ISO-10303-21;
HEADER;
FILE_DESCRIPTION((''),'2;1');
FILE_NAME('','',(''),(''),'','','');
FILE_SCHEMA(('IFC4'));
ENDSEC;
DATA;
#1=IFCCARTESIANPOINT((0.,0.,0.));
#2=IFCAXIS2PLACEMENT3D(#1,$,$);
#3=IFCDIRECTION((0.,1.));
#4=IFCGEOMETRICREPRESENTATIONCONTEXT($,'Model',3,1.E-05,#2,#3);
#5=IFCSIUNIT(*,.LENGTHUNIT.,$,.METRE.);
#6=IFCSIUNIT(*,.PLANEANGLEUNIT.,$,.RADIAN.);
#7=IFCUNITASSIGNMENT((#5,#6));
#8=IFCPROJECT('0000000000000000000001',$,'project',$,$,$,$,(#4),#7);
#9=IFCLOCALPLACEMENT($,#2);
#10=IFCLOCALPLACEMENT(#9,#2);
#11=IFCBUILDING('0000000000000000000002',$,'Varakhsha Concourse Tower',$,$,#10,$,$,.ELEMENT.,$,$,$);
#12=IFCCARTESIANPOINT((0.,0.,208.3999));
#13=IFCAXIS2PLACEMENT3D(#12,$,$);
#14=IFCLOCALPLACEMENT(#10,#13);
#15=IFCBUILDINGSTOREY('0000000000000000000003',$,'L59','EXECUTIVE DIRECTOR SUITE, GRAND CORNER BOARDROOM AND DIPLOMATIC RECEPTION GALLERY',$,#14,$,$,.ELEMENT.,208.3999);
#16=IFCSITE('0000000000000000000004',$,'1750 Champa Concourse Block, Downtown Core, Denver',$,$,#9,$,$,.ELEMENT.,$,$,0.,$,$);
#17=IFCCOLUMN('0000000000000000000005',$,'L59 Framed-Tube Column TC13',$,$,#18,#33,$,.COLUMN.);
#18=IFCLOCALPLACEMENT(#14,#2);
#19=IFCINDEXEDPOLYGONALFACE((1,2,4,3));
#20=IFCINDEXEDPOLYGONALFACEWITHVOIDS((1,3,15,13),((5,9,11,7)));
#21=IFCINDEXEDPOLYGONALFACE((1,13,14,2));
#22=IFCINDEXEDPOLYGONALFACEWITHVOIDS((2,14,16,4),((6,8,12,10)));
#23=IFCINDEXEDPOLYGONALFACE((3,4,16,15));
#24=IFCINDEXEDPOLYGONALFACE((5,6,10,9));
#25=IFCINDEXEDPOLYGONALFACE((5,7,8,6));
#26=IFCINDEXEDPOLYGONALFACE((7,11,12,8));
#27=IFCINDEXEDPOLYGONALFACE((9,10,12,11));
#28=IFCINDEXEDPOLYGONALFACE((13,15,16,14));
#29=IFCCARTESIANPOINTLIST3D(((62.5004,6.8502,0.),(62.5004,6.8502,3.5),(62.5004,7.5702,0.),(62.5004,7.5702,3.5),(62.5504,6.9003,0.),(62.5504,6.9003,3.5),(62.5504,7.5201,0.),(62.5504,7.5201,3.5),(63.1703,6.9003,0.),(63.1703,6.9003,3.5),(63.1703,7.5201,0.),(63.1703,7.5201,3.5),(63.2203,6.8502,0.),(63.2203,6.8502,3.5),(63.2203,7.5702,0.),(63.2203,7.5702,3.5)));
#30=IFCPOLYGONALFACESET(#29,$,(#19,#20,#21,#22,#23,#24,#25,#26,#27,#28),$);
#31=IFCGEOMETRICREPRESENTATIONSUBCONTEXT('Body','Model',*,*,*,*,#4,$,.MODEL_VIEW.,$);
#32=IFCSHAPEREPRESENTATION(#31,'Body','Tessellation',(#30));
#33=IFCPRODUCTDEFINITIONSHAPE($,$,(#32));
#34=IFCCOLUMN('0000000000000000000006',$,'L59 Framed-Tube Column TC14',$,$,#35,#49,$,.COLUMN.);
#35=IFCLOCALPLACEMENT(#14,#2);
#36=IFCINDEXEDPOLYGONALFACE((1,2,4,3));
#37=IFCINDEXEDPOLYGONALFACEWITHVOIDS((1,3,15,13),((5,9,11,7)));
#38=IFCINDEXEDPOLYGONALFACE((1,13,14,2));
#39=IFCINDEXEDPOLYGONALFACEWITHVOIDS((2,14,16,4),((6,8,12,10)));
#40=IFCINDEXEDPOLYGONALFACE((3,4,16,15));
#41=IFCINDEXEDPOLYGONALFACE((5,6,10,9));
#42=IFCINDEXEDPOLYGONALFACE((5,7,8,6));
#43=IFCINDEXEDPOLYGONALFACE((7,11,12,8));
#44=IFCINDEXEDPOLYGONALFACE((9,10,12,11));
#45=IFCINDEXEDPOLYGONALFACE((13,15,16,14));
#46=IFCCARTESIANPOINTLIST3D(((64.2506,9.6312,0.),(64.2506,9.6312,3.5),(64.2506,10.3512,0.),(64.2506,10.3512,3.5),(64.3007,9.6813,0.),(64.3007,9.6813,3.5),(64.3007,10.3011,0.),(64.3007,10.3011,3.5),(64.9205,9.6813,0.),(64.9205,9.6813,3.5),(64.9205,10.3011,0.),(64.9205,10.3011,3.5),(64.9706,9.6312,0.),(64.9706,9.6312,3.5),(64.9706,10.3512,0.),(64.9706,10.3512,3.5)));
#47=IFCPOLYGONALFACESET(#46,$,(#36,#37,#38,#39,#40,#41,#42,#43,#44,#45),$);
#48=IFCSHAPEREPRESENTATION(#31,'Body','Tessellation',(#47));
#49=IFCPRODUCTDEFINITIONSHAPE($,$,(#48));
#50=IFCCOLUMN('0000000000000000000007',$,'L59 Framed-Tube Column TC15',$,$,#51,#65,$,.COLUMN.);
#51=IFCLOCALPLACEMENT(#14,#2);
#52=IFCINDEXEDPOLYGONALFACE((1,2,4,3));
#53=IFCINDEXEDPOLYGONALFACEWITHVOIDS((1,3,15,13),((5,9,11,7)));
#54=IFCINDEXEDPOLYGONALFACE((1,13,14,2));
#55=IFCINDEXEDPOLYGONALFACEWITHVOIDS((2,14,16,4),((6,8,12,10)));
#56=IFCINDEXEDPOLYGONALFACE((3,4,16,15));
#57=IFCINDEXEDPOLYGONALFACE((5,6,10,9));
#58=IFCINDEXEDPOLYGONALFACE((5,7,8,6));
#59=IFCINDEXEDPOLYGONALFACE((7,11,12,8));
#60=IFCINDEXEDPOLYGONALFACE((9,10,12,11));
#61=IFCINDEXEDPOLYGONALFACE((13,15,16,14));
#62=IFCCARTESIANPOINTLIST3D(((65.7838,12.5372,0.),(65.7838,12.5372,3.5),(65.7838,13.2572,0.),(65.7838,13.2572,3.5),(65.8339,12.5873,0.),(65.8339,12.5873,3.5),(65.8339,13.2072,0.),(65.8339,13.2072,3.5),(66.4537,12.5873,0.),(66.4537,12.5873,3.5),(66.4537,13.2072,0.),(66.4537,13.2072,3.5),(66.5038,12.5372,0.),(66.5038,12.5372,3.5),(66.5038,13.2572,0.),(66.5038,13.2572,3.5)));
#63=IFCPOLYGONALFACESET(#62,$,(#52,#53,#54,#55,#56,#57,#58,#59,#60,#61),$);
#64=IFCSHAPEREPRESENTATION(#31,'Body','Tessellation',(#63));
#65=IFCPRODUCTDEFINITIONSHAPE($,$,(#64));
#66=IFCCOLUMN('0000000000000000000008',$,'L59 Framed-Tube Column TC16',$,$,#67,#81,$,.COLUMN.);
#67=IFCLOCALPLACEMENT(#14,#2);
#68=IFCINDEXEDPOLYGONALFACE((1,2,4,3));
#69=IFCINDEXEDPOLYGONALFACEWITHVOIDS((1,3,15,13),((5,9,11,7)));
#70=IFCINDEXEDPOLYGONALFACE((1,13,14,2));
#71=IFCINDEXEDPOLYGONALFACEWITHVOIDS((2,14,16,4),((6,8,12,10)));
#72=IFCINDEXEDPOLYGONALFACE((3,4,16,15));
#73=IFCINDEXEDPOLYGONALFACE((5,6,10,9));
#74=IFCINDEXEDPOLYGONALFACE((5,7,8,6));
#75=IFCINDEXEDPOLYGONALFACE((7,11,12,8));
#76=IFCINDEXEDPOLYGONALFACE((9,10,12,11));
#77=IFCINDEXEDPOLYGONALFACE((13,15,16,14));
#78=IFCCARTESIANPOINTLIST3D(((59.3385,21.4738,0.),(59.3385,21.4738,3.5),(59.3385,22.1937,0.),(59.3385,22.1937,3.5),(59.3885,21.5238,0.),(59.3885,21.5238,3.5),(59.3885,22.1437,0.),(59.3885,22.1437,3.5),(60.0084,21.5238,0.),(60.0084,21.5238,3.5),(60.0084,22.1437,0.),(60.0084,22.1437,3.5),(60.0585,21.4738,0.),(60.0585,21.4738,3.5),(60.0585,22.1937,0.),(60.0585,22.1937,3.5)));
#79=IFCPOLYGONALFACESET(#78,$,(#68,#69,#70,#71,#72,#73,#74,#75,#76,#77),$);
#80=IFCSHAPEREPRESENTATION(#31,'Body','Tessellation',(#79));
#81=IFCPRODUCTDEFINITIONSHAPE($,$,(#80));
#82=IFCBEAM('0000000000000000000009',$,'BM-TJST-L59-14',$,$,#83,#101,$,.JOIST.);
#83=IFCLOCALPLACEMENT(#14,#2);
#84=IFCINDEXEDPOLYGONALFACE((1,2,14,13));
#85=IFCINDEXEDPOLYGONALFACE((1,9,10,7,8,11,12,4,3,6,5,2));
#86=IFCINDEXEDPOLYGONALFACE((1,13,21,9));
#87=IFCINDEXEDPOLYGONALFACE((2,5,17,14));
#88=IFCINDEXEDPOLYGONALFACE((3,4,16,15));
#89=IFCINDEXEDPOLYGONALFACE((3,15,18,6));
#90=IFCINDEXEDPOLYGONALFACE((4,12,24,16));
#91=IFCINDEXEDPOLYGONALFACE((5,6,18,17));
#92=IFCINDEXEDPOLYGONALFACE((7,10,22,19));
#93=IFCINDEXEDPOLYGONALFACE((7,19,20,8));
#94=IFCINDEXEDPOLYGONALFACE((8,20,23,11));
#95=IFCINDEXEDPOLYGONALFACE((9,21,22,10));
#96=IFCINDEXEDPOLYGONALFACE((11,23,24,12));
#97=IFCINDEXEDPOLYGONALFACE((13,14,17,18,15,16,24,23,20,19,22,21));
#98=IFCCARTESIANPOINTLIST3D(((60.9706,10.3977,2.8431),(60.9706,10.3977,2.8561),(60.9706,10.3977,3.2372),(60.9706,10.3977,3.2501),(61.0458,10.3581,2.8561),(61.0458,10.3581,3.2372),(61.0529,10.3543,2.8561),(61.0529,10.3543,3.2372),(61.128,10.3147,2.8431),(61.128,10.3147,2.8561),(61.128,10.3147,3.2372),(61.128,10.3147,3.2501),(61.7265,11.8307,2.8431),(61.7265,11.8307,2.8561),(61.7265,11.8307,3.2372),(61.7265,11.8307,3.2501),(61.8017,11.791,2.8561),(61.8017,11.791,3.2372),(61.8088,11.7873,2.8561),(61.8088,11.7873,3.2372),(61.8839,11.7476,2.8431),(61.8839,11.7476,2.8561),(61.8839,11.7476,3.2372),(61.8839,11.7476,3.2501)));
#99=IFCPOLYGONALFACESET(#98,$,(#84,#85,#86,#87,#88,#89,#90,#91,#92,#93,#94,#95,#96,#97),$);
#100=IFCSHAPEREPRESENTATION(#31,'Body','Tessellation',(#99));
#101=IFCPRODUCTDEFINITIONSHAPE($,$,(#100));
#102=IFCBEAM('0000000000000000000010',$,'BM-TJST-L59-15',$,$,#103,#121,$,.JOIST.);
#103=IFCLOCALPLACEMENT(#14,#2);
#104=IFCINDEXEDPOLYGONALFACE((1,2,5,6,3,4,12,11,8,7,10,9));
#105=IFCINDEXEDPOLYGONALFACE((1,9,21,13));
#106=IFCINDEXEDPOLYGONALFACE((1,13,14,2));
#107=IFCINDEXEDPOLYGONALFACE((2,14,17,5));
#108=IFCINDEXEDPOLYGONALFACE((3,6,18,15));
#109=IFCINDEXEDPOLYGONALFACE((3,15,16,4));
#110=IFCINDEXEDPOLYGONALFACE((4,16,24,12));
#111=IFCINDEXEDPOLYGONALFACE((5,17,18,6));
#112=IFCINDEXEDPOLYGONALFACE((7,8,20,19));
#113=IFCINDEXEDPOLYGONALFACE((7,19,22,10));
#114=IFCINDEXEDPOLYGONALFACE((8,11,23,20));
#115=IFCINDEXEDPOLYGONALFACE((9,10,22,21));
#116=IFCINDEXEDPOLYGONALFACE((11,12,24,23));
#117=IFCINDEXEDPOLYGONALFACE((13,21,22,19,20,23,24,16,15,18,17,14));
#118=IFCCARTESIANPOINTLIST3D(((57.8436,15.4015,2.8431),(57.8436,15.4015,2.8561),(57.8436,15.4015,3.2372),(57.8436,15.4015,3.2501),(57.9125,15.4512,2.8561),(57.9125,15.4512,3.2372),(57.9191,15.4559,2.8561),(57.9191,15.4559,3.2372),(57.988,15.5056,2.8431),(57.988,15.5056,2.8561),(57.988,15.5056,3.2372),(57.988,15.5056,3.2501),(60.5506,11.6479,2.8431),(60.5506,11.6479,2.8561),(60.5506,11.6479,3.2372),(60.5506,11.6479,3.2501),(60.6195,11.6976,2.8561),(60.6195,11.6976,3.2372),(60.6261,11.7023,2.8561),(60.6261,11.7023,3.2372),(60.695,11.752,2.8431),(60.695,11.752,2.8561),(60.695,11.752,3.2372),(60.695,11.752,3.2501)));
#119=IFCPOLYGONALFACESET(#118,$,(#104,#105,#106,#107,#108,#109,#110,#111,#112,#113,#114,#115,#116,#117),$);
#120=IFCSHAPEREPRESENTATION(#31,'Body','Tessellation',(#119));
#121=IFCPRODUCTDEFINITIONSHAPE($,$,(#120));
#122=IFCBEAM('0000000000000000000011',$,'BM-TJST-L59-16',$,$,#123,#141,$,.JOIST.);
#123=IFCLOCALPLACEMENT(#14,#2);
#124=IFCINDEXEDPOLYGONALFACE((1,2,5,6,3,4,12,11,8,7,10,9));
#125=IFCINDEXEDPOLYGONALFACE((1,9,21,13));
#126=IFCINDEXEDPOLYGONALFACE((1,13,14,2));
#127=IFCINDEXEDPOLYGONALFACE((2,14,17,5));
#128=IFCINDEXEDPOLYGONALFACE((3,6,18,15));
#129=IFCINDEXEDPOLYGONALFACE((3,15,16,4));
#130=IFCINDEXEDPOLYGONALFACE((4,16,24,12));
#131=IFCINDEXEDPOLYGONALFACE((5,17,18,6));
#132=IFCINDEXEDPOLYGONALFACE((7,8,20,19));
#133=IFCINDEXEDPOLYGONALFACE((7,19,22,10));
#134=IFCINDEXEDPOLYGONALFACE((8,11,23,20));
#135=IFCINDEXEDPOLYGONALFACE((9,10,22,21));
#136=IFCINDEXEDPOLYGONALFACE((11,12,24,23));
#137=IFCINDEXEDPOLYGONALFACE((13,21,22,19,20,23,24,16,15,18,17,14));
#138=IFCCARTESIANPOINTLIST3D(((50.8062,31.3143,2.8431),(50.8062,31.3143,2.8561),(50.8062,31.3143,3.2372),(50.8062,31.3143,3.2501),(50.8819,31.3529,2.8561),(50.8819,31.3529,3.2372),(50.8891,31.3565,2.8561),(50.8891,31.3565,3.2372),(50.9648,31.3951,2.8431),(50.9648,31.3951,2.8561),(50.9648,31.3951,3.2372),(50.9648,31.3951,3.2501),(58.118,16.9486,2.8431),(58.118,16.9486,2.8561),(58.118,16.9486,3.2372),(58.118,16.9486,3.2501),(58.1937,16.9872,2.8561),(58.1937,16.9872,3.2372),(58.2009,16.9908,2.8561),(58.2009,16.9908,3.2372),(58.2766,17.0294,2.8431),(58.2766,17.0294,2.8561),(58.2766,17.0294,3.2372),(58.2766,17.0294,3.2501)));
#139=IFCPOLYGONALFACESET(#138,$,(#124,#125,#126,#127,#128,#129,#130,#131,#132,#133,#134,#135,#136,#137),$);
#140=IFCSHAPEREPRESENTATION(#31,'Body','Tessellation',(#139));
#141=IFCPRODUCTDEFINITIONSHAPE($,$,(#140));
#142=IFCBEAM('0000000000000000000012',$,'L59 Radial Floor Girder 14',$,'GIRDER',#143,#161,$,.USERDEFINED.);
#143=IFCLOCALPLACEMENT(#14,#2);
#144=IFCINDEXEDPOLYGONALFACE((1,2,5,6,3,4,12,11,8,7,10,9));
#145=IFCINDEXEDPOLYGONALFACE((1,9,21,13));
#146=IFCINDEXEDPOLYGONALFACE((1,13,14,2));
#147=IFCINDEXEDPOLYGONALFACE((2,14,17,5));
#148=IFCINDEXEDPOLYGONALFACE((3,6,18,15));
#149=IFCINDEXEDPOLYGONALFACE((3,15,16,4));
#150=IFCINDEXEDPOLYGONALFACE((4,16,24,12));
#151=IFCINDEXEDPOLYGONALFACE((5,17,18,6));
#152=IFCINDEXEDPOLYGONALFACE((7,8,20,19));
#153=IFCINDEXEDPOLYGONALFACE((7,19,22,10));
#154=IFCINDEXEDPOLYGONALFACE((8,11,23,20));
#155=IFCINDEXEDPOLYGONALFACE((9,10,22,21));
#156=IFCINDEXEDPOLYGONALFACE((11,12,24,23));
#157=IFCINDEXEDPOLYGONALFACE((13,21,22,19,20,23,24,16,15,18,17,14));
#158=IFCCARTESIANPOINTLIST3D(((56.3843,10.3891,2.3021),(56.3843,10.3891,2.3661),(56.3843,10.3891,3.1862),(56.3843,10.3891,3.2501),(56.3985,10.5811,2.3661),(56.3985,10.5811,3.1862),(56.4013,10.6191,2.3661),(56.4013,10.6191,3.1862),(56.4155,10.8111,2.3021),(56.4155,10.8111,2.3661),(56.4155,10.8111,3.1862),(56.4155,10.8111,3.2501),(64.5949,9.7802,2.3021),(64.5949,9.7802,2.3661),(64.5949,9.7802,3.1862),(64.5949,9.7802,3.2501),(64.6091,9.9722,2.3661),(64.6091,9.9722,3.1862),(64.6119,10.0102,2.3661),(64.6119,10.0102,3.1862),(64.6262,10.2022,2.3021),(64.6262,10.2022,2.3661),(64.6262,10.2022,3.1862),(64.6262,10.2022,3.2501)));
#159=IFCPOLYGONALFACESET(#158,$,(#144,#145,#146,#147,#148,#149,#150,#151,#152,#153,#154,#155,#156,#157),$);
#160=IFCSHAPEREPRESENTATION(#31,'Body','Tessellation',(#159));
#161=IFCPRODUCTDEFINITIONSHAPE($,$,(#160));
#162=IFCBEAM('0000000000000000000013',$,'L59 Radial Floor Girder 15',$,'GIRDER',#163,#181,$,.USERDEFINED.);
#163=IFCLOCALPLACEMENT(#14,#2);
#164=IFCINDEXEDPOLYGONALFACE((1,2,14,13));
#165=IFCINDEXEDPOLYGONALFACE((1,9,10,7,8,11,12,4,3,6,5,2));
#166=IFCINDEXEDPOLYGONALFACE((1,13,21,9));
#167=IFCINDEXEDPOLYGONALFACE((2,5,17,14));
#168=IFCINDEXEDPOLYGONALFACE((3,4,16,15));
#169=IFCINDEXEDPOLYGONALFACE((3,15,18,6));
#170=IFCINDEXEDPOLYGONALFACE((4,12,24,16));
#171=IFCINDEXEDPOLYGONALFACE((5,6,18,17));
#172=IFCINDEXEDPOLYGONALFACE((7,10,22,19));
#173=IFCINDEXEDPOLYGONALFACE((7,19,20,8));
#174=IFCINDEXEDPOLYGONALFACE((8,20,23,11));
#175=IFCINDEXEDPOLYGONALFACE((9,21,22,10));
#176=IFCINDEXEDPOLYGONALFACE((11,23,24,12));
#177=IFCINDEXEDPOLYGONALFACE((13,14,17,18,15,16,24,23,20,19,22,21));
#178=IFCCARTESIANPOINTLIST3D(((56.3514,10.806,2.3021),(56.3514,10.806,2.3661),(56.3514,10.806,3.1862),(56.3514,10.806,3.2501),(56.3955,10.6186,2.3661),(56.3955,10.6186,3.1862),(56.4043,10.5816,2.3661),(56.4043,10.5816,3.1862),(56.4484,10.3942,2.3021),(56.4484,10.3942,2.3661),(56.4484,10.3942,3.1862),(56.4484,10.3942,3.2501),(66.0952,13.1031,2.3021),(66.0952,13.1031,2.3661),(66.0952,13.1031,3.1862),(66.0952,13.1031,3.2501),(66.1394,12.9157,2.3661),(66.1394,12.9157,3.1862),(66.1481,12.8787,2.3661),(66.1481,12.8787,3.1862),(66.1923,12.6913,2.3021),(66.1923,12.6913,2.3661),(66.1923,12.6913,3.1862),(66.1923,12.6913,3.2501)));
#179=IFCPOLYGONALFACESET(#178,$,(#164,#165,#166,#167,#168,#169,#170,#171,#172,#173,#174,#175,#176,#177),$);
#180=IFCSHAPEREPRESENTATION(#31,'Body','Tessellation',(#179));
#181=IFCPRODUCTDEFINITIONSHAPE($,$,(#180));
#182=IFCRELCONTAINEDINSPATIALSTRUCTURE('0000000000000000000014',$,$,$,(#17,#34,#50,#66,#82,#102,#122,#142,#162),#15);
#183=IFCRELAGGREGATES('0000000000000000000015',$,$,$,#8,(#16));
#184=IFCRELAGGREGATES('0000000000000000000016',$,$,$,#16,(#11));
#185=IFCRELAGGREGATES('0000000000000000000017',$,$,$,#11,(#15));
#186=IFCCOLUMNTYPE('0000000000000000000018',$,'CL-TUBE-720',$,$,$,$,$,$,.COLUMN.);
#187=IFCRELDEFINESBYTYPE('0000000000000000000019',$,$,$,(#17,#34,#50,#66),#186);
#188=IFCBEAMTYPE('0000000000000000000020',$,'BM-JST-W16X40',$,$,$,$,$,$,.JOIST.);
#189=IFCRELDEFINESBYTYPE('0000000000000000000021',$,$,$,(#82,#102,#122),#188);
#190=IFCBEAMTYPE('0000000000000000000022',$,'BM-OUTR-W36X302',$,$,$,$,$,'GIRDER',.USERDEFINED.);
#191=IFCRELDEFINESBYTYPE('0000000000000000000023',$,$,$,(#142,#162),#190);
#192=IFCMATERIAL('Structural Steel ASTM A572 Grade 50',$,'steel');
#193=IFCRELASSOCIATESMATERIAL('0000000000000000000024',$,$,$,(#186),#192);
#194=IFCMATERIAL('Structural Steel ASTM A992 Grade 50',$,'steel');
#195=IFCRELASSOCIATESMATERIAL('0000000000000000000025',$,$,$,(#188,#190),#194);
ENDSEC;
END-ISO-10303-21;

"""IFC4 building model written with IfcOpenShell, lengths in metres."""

from ifc_helpers import new_model, si_unit, direction, frame, origin, origin_2d, place, context, subcontext, project, spatial, hollow_rectangle, i_section, extrude, material, material_profile, profile_set, type_object, element, save


model = new_model("IFC4")

# Units and contexts
model_context = context("Model", 3, precision=1e-05, world=origin(), true_north=direction((0.0, 1.0)))
body_context = subcontext(model_context, "Body", "Model", "MODEL_VIEW")
ifc_project = project(units=[si_unit("LENGTHUNIT", "METRE"), si_unit("PLANEANGLEUNIT", "RADIAN")], contexts=[model_context])

# Site, building, storey
site_placement = place(None, origin())
site = spatial("IfcSite", under=ifc_project, at=site_placement, Name="1750 Champa Concourse Block, Downtown Core, Denver", CompositionType="ELEMENT", RefElevation=0.0)
building_placement = place(site_placement, origin())
building = spatial("IfcBuilding", under=site, at=building_placement, Name="Varakhsha Concourse Tower", CompositionType="ELEMENT")
storey_placement = place(building_placement, frame((0.0, 0.0, 208.3999)))
storey = spatial("IfcBuildingStorey", under=building, at=storey_placement, Name="L59", Description="EXECUTIVE DIRECTOR SUITE, GRAND CORNER BOARDROOM AND DIPLOMATIC RECEPTION GALLERY", CompositionType="ELEMENT", Elevation=208.3999)

# Columns
ifc_material_1 = material(Name="Structural Steel ASTM A572 Grade 50", Category="steel")
ifc_material_profile_1 = material_profile(ifc_material_1, hollow_rectangle(XDim=0.72, YDim=0.72, WallThickness=0.05, at=origin_2d()), Name="BOX 720x720x50")
ifc_profile_set_1 = profile_set([ifc_material_profile_1], Name="Structural Steel ASTM A572 Grade 50")
column_type = type_object("IfcColumnType", Name="CL-TUBE-720", PredefinedType="COLUMN", material=ifc_profile_set_1)
for number, where, z_axis, x_axis, name in (
    (1, (62.8604, 7.2102, 0.0), (0.0, 0.0, 1.0), (1.0, 0.0, 0.0), "L59 Framed-Tube Column TC13"),
    (2, (64.6106, 9.9912, 0.0), (0.0, 0.0, 1.0), (1.0, 0.0, 0.0), "L59 Framed-Tube Column TC14"),
    (3, (66.1438, 12.8972, 0.0), (0.0, 0.0, 1.0), (1.0, 0.0, 0.0), "L59 Framed-Tube Column TC15"),
    (4, (59.6985, 21.8337, 0.0), (0.0, 0.0, 1.0), (1.0, 0.0, 0.0), "L59 Framed-Tube Column TC16"),
):
    element("IfcColumn", number, at=place(storey_placement, frame(where, z_axis=z_axis, x_axis=x_axis)), inside=storey, type_object=column_type, Name=name, PredefinedType="COLUMN", context=body_context, shape_type="SweptSolid", body=[
        extrude(hollow_rectangle(XDim=0.72, YDim=0.72, WallThickness=0.05, at=origin_2d()), origin(), (0.0, 0.0, 1.0), 3.5),
    ])

# Beams
ifc_material_2 = material(Name="Structural Steel ASTM A992 Grade 50", Category="steel")
ifc_material_profile_2 = material_profile(ifc_material_2, i_section(OverallWidth=0.178, OverallDepth=0.407, WebThickness=0.0081, FlangeThickness=0.0129, at=origin_2d()), Name="W16X40")
ifc_profile_set_2 = profile_set([ifc_material_profile_2], Name="Structural Steel ASTM A992 Grade 50")
beam_type_1 = type_object("IfcBeamType", Name="BM-JST-W16X40", PredefinedType="JOIST", material=ifc_profile_set_2)
beam_1_placement = place(storey_placement, frame((61.0493, 10.3562, 3.0466), z_axis=(0.466579, 0.88448, 0.0), x_axis=(-0.88448, 0.466579, 0.0)))
element("IfcBeam", 5, at=beam_1_placement, inside=storey, type_object=beam_type_1, Name="BM-TJST-L59-14", PredefinedType="JOIST", context=body_context, shape_type="SweptSolid", body=[
    extrude(i_section(OverallWidth=0.178, OverallDepth=0.407, WebThickness=0.0081, FlangeThickness=0.0129, at=origin_2d()), origin(), (0.0, 0.0, 1.0), 1.6201),
])
beam_2_placement = place(storey_placement, frame((60.6228, 11.7, 3.0466), z_axis=(-0.58493, 0.811084, 0.0), x_axis=(-0.811084, -0.58493, 0.0)))
element("IfcBeam", 6, at=beam_2_placement, inside=storey, type_object=beam_type_1, Name="BM-TJST-L59-15", PredefinedType="JOIST", context=body_context, shape_type="SweptSolid", body=[
    extrude(i_section(OverallWidth=0.178, OverallDepth=0.407, WebThickness=0.0081, FlangeThickness=0.0129, at=origin_2d()), origin(), (0.0, 0.0, 1.0), 4.6279),
])
beam_3_placement = place(storey_placement, frame((58.1973, 16.989, 3.0466), z_axis=(-0.4536, 0.891206, 0.0), x_axis=(-0.891206, -0.4536, 0.0)))
element("IfcBeam", 7, at=beam_3_placement, inside=storey, type_object=beam_type_1, Name="BM-TJST-L59-16", PredefinedType="JOIST", context=body_context, shape_type="SweptSolid", body=[
    extrude(i_section(OverallWidth=0.178, OverallDepth=0.407, WebThickness=0.0081, FlangeThickness=0.0129, at=origin_2d()), origin(), (0.0, 0.0, 1.0), 16.1194),
])
ifc_material_profile_3 = material_profile(ifc_material_2, i_section(OverallWidth=0.4231, OverallDepth=0.948, WebThickness=0.0381, FlangeThickness=0.064, at=origin_2d()), Name="W36X302")
ifc_profile_set_3 = profile_set([ifc_material_profile_3], Name="Structural Steel ASTM A992 Grade 50")
beam_type_2 = type_object("IfcBeamType", Name="BM-OUTR-W36X302", ElementType="GIRDER", PredefinedType="USERDEFINED", material=ifc_profile_set_3)
beam_4_placement = place(storey_placement, frame((56.3999, 10.6001, 2.7761), z_axis=(0.997262, -0.073955, 0.0), x_axis=(0.073955, 0.997262, 0.0)))
element("IfcBeam", 8, at=beam_4_placement, inside=storey, type_object=beam_type_2, Name="L59 Radial Floor Girder 14", ObjectType="GIRDER", PredefinedType="USERDEFINED", context=body_context, shape_type="SweptSolid", body=[
    extrude(i_section(OverallWidth=0.4231, OverallDepth=0.948, WebThickness=0.0381, FlangeThickness=0.064, at=origin_2d()), origin(), (0.0, 0.0, 1.0), 8.2332),
])
beam_5_placement = place(storey_placement, frame((56.3999, 10.6001, 2.7761), z_axis=(0.973318, 0.229459, 0.0), x_axis=(-0.229459, 0.973318, 0.0)))
element("IfcBeam", 9, at=beam_5_placement, inside=storey, type_object=beam_type_2, Name="L59 Radial Floor Girder 15", ObjectType="GIRDER", PredefinedType="USERDEFINED", context=body_context, shape_type="SweptSolid", body=[
    extrude(i_section(OverallWidth=0.4231, OverallDepth=0.948, WebThickness=0.0381, FlangeThickness=0.064, at=origin_2d()), origin(), (0.0, 0.0, 1.0), 10.011),
])

save(model, "model.ifc")
